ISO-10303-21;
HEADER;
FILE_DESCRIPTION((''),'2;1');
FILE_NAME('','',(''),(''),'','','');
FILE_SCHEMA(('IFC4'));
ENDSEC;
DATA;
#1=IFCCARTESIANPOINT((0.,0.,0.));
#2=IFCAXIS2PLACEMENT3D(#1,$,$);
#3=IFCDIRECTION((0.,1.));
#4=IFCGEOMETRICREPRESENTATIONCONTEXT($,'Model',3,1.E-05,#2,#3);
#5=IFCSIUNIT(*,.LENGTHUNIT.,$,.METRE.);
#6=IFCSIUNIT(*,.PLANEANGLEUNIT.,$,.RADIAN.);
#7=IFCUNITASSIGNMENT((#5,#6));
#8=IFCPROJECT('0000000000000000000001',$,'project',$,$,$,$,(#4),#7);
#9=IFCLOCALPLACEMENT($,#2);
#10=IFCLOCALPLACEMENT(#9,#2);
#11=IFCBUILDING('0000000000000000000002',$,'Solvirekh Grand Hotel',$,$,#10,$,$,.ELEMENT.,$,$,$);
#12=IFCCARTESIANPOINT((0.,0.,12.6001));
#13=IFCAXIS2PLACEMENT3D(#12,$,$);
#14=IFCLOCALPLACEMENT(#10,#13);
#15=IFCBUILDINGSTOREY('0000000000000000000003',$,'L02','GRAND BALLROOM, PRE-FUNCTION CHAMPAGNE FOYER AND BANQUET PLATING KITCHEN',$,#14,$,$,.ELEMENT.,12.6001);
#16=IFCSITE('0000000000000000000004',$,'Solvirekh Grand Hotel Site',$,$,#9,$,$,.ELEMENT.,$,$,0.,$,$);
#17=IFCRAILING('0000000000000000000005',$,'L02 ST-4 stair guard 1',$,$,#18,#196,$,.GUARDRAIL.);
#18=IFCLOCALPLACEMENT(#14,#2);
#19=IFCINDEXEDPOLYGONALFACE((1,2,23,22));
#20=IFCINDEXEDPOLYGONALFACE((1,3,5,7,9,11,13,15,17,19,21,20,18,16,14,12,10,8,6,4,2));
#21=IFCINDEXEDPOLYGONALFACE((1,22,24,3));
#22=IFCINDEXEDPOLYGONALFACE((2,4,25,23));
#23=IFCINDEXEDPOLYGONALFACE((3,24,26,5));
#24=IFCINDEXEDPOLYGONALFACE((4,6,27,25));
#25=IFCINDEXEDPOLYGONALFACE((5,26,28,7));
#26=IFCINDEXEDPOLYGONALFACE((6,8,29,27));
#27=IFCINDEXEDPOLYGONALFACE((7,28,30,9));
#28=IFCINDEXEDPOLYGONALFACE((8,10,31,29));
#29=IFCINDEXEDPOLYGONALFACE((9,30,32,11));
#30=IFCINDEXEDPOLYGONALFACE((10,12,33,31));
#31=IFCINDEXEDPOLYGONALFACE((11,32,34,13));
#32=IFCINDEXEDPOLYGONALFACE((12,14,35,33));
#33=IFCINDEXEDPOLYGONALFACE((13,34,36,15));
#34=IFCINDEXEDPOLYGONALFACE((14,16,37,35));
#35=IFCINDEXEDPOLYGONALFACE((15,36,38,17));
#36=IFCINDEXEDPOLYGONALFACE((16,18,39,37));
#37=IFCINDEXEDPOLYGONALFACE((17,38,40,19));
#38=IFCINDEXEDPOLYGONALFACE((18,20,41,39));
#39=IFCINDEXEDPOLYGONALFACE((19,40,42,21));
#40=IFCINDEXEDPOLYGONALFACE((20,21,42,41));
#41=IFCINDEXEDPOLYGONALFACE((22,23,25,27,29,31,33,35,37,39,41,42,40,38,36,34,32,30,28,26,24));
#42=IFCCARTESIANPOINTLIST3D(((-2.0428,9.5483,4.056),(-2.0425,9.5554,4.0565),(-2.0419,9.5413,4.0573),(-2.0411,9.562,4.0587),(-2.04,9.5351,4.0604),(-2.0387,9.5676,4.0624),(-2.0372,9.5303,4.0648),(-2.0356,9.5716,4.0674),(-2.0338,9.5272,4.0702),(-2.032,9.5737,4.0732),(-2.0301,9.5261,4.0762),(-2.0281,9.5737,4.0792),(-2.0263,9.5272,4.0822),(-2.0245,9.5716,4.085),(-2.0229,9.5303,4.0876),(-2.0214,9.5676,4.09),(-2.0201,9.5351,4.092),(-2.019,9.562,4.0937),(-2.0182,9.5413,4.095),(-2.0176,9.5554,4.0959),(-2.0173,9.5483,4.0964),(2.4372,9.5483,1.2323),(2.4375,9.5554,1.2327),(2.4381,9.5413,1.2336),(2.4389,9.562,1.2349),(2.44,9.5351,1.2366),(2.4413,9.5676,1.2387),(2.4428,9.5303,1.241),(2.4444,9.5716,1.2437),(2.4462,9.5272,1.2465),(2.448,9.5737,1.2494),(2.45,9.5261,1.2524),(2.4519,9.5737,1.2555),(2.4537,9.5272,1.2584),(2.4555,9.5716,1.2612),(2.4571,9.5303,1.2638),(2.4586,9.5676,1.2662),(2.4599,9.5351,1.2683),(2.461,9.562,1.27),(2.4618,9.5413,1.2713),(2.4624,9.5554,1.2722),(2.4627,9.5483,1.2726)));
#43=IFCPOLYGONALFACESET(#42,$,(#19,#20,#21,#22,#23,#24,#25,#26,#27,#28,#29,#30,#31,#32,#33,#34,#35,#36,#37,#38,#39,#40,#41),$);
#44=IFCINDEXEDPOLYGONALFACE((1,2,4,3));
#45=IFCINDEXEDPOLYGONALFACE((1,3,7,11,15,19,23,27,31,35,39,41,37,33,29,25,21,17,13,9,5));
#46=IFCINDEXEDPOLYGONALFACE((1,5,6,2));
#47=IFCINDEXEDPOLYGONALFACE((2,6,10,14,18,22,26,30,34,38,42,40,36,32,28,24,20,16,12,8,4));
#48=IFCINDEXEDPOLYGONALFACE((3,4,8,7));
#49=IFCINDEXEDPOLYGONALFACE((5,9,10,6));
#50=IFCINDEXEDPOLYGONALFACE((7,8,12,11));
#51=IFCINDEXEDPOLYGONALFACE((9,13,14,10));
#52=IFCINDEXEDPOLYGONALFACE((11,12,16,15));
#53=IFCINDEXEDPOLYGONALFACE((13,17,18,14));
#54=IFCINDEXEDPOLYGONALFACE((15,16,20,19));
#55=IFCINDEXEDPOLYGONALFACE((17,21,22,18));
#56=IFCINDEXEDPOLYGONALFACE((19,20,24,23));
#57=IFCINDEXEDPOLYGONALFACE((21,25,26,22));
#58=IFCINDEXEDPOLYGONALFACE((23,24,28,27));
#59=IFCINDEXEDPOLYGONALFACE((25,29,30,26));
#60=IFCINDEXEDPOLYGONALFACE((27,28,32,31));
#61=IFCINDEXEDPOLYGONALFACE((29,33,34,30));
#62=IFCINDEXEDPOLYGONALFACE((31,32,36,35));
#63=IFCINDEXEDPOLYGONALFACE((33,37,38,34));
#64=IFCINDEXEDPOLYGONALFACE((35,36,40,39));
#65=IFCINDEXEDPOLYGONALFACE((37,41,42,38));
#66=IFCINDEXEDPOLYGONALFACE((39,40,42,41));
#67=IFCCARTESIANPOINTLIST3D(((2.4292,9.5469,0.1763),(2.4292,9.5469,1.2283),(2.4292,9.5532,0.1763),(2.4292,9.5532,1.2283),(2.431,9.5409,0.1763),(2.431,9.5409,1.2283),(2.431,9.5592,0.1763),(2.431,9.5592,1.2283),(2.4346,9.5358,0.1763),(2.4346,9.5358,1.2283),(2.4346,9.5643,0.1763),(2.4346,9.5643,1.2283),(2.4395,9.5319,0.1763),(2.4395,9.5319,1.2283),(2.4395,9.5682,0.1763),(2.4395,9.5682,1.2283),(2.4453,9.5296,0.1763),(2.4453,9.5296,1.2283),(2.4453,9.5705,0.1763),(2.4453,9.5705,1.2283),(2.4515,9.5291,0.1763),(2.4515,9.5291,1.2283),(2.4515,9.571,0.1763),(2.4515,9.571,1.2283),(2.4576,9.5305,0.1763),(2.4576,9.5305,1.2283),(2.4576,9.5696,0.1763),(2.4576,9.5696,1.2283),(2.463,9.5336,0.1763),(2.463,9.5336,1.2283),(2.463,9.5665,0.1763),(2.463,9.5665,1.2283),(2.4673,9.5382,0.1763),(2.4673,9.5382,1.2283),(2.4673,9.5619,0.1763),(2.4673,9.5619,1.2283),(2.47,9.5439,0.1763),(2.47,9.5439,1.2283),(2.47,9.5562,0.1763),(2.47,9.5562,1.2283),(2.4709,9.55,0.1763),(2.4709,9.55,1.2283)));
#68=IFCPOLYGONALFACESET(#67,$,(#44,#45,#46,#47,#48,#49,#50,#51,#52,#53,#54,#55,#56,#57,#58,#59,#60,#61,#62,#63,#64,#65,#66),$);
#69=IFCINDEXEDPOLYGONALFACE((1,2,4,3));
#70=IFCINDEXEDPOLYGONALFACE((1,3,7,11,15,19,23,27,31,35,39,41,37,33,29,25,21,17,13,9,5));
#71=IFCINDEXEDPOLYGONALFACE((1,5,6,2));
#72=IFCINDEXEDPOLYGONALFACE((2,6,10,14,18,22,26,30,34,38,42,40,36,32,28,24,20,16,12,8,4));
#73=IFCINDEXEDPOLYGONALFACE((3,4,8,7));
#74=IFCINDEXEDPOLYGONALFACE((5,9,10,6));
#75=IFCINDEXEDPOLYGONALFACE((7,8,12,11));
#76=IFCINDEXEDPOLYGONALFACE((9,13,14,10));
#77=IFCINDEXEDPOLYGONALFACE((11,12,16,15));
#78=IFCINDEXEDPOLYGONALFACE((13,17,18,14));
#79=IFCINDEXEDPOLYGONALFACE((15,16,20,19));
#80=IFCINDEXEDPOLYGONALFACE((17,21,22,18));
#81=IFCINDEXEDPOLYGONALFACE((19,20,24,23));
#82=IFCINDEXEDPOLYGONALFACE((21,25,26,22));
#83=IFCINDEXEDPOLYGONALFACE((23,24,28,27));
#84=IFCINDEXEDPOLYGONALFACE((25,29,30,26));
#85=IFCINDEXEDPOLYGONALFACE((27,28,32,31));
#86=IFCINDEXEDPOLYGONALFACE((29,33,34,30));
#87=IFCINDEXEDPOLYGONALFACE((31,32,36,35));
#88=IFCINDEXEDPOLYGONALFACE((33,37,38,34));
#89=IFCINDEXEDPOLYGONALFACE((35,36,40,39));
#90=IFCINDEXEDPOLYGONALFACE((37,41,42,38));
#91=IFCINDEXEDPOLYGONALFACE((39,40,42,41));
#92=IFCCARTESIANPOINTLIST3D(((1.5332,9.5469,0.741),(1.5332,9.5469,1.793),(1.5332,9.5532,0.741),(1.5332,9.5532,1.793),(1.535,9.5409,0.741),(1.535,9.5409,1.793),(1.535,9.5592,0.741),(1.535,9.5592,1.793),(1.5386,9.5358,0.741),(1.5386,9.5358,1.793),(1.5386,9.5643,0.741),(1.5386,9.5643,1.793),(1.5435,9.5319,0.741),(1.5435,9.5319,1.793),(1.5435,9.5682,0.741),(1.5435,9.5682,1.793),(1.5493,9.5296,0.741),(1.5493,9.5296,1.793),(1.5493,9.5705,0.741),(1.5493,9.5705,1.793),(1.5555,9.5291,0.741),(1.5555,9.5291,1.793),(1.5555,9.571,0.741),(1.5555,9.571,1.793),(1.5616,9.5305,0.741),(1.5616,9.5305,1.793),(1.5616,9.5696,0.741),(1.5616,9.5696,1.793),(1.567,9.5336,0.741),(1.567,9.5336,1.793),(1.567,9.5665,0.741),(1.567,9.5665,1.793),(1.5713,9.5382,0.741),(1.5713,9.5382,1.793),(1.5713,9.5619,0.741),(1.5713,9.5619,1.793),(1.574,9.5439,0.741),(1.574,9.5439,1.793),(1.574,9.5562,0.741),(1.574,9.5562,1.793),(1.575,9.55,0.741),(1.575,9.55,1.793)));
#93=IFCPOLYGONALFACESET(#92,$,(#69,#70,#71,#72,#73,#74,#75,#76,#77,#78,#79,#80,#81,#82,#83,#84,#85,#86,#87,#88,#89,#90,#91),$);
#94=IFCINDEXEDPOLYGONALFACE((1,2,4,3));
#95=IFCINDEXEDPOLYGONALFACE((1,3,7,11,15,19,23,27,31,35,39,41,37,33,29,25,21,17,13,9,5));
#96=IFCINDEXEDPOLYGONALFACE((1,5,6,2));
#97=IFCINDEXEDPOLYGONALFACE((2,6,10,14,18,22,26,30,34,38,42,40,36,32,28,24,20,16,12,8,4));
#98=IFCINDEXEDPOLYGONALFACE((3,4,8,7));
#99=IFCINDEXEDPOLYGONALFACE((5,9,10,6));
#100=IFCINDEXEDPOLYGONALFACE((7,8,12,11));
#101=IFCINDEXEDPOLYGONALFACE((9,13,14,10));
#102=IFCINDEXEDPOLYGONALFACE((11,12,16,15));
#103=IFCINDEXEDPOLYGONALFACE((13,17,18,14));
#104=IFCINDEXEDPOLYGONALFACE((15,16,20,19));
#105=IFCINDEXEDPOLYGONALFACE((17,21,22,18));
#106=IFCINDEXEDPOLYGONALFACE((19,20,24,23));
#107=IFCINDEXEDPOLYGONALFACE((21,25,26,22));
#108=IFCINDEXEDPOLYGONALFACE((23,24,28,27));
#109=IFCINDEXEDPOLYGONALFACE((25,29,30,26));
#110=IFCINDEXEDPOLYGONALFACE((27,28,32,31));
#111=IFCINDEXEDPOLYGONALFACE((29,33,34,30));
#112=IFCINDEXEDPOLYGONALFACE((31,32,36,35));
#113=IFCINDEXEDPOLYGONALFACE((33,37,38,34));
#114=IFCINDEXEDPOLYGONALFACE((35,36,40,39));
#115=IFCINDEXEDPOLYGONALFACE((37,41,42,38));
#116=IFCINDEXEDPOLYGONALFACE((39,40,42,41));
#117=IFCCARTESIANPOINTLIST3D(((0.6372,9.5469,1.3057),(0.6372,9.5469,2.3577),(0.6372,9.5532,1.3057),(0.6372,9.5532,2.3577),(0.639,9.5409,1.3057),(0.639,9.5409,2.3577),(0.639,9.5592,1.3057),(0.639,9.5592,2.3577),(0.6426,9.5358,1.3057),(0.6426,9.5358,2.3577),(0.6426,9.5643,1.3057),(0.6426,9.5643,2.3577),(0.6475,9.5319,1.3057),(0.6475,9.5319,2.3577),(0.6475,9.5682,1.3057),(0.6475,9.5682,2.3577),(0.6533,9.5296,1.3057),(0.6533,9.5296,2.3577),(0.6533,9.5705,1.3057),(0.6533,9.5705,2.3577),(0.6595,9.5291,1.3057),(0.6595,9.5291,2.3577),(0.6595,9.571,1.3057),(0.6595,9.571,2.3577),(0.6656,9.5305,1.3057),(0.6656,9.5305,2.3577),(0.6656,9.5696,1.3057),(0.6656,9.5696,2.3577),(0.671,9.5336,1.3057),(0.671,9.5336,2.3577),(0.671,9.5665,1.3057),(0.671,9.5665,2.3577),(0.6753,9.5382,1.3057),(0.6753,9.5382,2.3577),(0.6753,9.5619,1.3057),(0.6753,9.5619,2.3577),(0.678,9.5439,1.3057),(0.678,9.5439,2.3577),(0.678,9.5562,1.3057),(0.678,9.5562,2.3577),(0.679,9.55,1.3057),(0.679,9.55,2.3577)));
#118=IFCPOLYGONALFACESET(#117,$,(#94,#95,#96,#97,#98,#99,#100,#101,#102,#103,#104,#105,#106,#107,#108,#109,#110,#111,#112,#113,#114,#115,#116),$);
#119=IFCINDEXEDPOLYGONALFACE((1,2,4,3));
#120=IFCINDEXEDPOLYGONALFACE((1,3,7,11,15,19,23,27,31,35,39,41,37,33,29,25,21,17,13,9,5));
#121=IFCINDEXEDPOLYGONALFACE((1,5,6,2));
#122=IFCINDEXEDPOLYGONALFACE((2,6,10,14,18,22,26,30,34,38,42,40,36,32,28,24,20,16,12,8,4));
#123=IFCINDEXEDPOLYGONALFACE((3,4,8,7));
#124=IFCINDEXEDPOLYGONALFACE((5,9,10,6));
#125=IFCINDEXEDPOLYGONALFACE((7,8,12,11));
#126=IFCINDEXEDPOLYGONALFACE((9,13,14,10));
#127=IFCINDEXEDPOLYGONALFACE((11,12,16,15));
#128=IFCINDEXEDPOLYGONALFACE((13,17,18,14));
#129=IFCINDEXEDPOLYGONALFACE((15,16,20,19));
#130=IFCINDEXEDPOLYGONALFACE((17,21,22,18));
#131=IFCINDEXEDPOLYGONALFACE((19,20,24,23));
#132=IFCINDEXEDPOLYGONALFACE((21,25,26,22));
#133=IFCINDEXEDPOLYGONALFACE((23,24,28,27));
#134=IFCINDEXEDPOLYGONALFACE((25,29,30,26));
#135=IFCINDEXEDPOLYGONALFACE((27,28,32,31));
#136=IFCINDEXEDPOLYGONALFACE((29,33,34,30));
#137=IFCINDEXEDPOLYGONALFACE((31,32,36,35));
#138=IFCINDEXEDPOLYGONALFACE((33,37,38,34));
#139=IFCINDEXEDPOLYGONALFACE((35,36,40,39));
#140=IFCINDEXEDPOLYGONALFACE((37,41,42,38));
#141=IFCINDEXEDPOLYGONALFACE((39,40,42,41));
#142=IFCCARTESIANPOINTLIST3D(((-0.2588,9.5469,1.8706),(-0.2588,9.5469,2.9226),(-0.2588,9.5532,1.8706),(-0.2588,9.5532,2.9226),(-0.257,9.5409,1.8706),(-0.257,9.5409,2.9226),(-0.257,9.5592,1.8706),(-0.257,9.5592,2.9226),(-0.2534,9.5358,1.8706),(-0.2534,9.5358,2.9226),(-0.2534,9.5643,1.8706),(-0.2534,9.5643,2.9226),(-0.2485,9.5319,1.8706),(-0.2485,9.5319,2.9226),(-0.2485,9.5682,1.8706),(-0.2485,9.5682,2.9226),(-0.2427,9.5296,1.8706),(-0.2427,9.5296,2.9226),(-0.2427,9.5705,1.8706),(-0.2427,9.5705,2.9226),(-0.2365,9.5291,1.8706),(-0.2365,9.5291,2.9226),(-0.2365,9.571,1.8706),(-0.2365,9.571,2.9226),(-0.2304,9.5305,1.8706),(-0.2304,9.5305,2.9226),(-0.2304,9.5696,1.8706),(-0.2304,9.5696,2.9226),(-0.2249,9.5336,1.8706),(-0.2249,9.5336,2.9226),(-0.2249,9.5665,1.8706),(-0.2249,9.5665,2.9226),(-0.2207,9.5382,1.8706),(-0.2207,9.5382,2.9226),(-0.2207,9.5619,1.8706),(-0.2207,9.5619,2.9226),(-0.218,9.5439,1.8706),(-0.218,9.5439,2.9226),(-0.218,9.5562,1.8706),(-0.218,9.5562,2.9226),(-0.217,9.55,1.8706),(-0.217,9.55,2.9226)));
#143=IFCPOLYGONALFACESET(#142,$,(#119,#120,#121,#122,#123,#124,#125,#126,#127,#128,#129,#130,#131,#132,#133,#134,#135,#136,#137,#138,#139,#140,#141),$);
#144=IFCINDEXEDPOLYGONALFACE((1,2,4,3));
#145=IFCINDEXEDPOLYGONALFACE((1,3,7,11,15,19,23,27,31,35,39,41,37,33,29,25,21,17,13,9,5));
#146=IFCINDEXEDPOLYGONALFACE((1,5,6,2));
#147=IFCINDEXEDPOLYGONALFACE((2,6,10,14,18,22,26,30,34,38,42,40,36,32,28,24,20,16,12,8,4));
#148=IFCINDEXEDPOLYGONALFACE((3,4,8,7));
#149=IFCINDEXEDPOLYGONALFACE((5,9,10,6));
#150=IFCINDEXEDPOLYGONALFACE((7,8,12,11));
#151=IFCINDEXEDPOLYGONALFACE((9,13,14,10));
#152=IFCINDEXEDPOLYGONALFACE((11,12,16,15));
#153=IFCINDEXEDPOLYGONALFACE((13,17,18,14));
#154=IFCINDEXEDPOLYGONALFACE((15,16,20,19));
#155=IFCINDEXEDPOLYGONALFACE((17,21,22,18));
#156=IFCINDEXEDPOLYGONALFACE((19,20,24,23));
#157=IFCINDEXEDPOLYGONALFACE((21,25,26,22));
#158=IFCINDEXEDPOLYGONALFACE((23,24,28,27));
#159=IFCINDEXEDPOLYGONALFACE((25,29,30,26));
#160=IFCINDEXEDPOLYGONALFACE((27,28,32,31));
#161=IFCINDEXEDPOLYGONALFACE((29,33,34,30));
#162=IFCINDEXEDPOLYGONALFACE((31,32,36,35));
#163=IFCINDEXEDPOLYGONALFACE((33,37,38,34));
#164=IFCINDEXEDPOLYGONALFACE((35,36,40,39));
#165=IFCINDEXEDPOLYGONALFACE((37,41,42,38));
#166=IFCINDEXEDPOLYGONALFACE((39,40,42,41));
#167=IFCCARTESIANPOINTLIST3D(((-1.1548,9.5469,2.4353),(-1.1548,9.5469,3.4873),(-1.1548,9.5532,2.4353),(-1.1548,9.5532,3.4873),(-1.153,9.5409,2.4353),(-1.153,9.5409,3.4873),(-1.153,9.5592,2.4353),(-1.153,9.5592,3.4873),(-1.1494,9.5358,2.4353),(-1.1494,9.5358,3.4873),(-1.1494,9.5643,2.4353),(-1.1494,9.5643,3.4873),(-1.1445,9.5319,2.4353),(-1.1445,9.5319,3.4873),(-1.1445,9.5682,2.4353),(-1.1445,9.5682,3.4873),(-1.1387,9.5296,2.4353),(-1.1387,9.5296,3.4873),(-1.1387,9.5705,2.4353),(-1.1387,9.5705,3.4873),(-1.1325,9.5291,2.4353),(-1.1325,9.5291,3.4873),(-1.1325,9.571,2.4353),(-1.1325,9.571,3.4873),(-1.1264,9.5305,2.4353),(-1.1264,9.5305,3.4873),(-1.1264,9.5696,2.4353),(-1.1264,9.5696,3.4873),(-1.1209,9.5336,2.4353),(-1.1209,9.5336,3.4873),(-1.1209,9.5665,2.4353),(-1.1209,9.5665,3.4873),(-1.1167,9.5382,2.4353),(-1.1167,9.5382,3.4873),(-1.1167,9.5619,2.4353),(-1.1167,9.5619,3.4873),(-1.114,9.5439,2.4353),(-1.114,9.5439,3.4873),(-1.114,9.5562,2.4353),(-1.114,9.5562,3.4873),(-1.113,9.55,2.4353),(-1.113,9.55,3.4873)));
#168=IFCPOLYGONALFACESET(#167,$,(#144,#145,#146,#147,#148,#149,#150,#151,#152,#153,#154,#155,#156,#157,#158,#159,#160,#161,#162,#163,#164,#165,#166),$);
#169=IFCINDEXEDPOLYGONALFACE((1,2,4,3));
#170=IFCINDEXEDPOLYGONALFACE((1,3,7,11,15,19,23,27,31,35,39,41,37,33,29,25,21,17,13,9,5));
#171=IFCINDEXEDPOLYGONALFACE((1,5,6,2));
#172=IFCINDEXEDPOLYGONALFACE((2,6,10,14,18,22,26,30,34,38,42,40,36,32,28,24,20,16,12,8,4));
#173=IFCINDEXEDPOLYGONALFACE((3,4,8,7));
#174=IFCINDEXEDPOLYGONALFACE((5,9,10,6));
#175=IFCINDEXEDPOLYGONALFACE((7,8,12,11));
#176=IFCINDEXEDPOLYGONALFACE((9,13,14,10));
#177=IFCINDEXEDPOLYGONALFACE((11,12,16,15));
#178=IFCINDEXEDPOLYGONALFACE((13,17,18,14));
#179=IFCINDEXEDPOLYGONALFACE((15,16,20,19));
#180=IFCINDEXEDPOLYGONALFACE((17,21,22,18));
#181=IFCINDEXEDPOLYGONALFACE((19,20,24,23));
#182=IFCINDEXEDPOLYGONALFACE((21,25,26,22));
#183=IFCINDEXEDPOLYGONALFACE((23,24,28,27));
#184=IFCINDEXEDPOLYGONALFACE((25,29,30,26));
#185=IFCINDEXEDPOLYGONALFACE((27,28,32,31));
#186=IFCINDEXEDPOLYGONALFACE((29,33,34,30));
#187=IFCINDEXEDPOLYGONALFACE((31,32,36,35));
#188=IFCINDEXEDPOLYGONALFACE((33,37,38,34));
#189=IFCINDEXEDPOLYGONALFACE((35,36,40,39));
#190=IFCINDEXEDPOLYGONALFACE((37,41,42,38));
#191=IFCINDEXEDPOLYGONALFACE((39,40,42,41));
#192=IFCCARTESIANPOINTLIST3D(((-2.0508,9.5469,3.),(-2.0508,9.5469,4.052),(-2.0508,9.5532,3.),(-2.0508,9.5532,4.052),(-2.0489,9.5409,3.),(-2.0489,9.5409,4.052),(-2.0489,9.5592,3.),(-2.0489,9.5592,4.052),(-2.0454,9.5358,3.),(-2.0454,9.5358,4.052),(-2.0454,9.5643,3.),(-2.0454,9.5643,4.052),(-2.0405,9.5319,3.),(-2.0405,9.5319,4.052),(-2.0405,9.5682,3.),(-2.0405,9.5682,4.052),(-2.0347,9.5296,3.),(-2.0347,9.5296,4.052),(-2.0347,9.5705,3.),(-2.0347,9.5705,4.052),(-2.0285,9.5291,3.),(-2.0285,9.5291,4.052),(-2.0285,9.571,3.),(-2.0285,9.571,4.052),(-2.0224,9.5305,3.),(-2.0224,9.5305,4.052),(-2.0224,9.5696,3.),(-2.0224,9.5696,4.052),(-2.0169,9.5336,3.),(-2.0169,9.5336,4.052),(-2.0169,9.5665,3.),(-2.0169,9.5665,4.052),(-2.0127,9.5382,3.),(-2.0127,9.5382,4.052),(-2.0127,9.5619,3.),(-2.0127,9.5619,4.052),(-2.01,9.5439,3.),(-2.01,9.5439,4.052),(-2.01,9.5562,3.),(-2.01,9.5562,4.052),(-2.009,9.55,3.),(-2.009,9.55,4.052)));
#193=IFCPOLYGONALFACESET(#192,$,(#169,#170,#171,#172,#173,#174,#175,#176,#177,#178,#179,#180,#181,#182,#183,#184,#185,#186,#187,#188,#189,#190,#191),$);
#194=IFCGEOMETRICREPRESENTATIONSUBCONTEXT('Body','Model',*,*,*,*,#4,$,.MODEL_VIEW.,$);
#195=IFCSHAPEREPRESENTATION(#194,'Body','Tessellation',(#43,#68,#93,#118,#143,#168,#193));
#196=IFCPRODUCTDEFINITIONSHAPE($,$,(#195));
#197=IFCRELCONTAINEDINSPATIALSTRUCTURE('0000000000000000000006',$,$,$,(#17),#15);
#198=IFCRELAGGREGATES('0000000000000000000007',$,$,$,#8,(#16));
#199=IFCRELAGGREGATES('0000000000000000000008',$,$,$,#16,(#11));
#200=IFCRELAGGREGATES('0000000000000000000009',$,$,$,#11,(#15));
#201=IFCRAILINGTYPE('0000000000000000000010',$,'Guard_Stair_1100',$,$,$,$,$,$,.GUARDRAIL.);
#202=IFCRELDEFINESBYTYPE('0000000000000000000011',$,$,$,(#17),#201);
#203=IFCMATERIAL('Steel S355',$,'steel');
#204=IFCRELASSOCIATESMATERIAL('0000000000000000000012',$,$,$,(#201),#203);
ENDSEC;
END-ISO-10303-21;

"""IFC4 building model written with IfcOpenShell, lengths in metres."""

from ifc_helpers import new_model, si_unit, direction, frame, origin, origin_2d, place, context, subcontext, project, spatial, circle, extrude, material, type_object, element, save


model = new_model("IFC4")

# Units and contexts
model_context = context("Model", 3, precision=1e-05, world=origin(), true_north=direction((0.0, 1.0)))
body_context = subcontext(model_context, "Body", "Model", "MODEL_VIEW")
ifc_project = project(units=[si_unit("LENGTHUNIT", "METRE"), si_unit("PLANEANGLEUNIT", "RADIAN")], contexts=[model_context])

# Site, building, storey
site_placement = place(None, origin())
site = spatial("IfcSite", under=ifc_project, at=site_placement, Name="Solvirekh Grand Hotel Site", CompositionType="ELEMENT", RefElevation=0.0)
building_placement = place(site_placement, origin())
building = spatial("IfcBuilding", under=site, at=building_placement, Name="Solvirekh Grand Hotel", CompositionType="ELEMENT")
storey_placement = place(building_placement, frame((0.0, 0.0, 12.6001)))
storey = spatial("IfcBuildingStorey", under=building, at=storey_placement, Name="L02", Description="GRAND BALLROOM, PRE-FUNCTION CHAMPAGNE FOYER AND BANQUET PLATING KITCHEN", CompositionType="ELEMENT", Elevation=12.6001)

# Shared definitions
ifc_material_1 = material(Name="Steel S355", Category="steel")

# Railing
railing_type_1 = type_object("IfcRailingType", Name="Guard_Stair_1100", PredefinedType="GUARDRAIL", material=ifc_material_1)
railing_1_placement = place(storey_placement, frame((2.45, 9.55, 0.1763)))
element("IfcRailing", 1, at=railing_1_placement, inside=storey, type_object=railing_type_1, Name="L02 ST-4 stair guard 1", PredefinedType="GUARDRAIL", context=body_context, shape_type="SweptSolid", body=[
    extrude(circle(Radius=0.0239, at=origin_2d()), frame((0.0, 0.0, 1.0762), z_axis=(-0.845977, 0.0, 0.533219), x_axis=(0.0, -1.0, 0.0)), (0.0, 0.0, 1.0), 5.2957),
    extrude(circle(Radius=0.021, at=origin_2d()), origin(), (0.0, 0.0, 1.0), 1.052),
    extrude(circle(Radius=0.021, at=origin_2d()), frame((-0.896, 0.0, 0.5647)), (0.0, 0.0, 1.0), 1.052),
    extrude(circle(Radius=0.021, at=origin_2d()), frame((-1.792, 0.0, 1.1294)), (0.0, 0.0, 1.0), 1.052),
    extrude(circle(Radius=0.021, at=origin_2d()), frame((-2.688, 0.0, 1.6943)), (0.0, 0.0, 1.0), 1.052),
    extrude(circle(Radius=0.021, at=origin_2d()), frame((-3.584, 0.0, 2.259)), (0.0, 0.0, 1.0), 1.052),
    extrude(circle(Radius=0.021, at=origin_2d()), frame((-4.48, 0.0, 2.8237)), (0.0, 0.0, 1.0), 1.052),
])

save(model, "model.ifc")
